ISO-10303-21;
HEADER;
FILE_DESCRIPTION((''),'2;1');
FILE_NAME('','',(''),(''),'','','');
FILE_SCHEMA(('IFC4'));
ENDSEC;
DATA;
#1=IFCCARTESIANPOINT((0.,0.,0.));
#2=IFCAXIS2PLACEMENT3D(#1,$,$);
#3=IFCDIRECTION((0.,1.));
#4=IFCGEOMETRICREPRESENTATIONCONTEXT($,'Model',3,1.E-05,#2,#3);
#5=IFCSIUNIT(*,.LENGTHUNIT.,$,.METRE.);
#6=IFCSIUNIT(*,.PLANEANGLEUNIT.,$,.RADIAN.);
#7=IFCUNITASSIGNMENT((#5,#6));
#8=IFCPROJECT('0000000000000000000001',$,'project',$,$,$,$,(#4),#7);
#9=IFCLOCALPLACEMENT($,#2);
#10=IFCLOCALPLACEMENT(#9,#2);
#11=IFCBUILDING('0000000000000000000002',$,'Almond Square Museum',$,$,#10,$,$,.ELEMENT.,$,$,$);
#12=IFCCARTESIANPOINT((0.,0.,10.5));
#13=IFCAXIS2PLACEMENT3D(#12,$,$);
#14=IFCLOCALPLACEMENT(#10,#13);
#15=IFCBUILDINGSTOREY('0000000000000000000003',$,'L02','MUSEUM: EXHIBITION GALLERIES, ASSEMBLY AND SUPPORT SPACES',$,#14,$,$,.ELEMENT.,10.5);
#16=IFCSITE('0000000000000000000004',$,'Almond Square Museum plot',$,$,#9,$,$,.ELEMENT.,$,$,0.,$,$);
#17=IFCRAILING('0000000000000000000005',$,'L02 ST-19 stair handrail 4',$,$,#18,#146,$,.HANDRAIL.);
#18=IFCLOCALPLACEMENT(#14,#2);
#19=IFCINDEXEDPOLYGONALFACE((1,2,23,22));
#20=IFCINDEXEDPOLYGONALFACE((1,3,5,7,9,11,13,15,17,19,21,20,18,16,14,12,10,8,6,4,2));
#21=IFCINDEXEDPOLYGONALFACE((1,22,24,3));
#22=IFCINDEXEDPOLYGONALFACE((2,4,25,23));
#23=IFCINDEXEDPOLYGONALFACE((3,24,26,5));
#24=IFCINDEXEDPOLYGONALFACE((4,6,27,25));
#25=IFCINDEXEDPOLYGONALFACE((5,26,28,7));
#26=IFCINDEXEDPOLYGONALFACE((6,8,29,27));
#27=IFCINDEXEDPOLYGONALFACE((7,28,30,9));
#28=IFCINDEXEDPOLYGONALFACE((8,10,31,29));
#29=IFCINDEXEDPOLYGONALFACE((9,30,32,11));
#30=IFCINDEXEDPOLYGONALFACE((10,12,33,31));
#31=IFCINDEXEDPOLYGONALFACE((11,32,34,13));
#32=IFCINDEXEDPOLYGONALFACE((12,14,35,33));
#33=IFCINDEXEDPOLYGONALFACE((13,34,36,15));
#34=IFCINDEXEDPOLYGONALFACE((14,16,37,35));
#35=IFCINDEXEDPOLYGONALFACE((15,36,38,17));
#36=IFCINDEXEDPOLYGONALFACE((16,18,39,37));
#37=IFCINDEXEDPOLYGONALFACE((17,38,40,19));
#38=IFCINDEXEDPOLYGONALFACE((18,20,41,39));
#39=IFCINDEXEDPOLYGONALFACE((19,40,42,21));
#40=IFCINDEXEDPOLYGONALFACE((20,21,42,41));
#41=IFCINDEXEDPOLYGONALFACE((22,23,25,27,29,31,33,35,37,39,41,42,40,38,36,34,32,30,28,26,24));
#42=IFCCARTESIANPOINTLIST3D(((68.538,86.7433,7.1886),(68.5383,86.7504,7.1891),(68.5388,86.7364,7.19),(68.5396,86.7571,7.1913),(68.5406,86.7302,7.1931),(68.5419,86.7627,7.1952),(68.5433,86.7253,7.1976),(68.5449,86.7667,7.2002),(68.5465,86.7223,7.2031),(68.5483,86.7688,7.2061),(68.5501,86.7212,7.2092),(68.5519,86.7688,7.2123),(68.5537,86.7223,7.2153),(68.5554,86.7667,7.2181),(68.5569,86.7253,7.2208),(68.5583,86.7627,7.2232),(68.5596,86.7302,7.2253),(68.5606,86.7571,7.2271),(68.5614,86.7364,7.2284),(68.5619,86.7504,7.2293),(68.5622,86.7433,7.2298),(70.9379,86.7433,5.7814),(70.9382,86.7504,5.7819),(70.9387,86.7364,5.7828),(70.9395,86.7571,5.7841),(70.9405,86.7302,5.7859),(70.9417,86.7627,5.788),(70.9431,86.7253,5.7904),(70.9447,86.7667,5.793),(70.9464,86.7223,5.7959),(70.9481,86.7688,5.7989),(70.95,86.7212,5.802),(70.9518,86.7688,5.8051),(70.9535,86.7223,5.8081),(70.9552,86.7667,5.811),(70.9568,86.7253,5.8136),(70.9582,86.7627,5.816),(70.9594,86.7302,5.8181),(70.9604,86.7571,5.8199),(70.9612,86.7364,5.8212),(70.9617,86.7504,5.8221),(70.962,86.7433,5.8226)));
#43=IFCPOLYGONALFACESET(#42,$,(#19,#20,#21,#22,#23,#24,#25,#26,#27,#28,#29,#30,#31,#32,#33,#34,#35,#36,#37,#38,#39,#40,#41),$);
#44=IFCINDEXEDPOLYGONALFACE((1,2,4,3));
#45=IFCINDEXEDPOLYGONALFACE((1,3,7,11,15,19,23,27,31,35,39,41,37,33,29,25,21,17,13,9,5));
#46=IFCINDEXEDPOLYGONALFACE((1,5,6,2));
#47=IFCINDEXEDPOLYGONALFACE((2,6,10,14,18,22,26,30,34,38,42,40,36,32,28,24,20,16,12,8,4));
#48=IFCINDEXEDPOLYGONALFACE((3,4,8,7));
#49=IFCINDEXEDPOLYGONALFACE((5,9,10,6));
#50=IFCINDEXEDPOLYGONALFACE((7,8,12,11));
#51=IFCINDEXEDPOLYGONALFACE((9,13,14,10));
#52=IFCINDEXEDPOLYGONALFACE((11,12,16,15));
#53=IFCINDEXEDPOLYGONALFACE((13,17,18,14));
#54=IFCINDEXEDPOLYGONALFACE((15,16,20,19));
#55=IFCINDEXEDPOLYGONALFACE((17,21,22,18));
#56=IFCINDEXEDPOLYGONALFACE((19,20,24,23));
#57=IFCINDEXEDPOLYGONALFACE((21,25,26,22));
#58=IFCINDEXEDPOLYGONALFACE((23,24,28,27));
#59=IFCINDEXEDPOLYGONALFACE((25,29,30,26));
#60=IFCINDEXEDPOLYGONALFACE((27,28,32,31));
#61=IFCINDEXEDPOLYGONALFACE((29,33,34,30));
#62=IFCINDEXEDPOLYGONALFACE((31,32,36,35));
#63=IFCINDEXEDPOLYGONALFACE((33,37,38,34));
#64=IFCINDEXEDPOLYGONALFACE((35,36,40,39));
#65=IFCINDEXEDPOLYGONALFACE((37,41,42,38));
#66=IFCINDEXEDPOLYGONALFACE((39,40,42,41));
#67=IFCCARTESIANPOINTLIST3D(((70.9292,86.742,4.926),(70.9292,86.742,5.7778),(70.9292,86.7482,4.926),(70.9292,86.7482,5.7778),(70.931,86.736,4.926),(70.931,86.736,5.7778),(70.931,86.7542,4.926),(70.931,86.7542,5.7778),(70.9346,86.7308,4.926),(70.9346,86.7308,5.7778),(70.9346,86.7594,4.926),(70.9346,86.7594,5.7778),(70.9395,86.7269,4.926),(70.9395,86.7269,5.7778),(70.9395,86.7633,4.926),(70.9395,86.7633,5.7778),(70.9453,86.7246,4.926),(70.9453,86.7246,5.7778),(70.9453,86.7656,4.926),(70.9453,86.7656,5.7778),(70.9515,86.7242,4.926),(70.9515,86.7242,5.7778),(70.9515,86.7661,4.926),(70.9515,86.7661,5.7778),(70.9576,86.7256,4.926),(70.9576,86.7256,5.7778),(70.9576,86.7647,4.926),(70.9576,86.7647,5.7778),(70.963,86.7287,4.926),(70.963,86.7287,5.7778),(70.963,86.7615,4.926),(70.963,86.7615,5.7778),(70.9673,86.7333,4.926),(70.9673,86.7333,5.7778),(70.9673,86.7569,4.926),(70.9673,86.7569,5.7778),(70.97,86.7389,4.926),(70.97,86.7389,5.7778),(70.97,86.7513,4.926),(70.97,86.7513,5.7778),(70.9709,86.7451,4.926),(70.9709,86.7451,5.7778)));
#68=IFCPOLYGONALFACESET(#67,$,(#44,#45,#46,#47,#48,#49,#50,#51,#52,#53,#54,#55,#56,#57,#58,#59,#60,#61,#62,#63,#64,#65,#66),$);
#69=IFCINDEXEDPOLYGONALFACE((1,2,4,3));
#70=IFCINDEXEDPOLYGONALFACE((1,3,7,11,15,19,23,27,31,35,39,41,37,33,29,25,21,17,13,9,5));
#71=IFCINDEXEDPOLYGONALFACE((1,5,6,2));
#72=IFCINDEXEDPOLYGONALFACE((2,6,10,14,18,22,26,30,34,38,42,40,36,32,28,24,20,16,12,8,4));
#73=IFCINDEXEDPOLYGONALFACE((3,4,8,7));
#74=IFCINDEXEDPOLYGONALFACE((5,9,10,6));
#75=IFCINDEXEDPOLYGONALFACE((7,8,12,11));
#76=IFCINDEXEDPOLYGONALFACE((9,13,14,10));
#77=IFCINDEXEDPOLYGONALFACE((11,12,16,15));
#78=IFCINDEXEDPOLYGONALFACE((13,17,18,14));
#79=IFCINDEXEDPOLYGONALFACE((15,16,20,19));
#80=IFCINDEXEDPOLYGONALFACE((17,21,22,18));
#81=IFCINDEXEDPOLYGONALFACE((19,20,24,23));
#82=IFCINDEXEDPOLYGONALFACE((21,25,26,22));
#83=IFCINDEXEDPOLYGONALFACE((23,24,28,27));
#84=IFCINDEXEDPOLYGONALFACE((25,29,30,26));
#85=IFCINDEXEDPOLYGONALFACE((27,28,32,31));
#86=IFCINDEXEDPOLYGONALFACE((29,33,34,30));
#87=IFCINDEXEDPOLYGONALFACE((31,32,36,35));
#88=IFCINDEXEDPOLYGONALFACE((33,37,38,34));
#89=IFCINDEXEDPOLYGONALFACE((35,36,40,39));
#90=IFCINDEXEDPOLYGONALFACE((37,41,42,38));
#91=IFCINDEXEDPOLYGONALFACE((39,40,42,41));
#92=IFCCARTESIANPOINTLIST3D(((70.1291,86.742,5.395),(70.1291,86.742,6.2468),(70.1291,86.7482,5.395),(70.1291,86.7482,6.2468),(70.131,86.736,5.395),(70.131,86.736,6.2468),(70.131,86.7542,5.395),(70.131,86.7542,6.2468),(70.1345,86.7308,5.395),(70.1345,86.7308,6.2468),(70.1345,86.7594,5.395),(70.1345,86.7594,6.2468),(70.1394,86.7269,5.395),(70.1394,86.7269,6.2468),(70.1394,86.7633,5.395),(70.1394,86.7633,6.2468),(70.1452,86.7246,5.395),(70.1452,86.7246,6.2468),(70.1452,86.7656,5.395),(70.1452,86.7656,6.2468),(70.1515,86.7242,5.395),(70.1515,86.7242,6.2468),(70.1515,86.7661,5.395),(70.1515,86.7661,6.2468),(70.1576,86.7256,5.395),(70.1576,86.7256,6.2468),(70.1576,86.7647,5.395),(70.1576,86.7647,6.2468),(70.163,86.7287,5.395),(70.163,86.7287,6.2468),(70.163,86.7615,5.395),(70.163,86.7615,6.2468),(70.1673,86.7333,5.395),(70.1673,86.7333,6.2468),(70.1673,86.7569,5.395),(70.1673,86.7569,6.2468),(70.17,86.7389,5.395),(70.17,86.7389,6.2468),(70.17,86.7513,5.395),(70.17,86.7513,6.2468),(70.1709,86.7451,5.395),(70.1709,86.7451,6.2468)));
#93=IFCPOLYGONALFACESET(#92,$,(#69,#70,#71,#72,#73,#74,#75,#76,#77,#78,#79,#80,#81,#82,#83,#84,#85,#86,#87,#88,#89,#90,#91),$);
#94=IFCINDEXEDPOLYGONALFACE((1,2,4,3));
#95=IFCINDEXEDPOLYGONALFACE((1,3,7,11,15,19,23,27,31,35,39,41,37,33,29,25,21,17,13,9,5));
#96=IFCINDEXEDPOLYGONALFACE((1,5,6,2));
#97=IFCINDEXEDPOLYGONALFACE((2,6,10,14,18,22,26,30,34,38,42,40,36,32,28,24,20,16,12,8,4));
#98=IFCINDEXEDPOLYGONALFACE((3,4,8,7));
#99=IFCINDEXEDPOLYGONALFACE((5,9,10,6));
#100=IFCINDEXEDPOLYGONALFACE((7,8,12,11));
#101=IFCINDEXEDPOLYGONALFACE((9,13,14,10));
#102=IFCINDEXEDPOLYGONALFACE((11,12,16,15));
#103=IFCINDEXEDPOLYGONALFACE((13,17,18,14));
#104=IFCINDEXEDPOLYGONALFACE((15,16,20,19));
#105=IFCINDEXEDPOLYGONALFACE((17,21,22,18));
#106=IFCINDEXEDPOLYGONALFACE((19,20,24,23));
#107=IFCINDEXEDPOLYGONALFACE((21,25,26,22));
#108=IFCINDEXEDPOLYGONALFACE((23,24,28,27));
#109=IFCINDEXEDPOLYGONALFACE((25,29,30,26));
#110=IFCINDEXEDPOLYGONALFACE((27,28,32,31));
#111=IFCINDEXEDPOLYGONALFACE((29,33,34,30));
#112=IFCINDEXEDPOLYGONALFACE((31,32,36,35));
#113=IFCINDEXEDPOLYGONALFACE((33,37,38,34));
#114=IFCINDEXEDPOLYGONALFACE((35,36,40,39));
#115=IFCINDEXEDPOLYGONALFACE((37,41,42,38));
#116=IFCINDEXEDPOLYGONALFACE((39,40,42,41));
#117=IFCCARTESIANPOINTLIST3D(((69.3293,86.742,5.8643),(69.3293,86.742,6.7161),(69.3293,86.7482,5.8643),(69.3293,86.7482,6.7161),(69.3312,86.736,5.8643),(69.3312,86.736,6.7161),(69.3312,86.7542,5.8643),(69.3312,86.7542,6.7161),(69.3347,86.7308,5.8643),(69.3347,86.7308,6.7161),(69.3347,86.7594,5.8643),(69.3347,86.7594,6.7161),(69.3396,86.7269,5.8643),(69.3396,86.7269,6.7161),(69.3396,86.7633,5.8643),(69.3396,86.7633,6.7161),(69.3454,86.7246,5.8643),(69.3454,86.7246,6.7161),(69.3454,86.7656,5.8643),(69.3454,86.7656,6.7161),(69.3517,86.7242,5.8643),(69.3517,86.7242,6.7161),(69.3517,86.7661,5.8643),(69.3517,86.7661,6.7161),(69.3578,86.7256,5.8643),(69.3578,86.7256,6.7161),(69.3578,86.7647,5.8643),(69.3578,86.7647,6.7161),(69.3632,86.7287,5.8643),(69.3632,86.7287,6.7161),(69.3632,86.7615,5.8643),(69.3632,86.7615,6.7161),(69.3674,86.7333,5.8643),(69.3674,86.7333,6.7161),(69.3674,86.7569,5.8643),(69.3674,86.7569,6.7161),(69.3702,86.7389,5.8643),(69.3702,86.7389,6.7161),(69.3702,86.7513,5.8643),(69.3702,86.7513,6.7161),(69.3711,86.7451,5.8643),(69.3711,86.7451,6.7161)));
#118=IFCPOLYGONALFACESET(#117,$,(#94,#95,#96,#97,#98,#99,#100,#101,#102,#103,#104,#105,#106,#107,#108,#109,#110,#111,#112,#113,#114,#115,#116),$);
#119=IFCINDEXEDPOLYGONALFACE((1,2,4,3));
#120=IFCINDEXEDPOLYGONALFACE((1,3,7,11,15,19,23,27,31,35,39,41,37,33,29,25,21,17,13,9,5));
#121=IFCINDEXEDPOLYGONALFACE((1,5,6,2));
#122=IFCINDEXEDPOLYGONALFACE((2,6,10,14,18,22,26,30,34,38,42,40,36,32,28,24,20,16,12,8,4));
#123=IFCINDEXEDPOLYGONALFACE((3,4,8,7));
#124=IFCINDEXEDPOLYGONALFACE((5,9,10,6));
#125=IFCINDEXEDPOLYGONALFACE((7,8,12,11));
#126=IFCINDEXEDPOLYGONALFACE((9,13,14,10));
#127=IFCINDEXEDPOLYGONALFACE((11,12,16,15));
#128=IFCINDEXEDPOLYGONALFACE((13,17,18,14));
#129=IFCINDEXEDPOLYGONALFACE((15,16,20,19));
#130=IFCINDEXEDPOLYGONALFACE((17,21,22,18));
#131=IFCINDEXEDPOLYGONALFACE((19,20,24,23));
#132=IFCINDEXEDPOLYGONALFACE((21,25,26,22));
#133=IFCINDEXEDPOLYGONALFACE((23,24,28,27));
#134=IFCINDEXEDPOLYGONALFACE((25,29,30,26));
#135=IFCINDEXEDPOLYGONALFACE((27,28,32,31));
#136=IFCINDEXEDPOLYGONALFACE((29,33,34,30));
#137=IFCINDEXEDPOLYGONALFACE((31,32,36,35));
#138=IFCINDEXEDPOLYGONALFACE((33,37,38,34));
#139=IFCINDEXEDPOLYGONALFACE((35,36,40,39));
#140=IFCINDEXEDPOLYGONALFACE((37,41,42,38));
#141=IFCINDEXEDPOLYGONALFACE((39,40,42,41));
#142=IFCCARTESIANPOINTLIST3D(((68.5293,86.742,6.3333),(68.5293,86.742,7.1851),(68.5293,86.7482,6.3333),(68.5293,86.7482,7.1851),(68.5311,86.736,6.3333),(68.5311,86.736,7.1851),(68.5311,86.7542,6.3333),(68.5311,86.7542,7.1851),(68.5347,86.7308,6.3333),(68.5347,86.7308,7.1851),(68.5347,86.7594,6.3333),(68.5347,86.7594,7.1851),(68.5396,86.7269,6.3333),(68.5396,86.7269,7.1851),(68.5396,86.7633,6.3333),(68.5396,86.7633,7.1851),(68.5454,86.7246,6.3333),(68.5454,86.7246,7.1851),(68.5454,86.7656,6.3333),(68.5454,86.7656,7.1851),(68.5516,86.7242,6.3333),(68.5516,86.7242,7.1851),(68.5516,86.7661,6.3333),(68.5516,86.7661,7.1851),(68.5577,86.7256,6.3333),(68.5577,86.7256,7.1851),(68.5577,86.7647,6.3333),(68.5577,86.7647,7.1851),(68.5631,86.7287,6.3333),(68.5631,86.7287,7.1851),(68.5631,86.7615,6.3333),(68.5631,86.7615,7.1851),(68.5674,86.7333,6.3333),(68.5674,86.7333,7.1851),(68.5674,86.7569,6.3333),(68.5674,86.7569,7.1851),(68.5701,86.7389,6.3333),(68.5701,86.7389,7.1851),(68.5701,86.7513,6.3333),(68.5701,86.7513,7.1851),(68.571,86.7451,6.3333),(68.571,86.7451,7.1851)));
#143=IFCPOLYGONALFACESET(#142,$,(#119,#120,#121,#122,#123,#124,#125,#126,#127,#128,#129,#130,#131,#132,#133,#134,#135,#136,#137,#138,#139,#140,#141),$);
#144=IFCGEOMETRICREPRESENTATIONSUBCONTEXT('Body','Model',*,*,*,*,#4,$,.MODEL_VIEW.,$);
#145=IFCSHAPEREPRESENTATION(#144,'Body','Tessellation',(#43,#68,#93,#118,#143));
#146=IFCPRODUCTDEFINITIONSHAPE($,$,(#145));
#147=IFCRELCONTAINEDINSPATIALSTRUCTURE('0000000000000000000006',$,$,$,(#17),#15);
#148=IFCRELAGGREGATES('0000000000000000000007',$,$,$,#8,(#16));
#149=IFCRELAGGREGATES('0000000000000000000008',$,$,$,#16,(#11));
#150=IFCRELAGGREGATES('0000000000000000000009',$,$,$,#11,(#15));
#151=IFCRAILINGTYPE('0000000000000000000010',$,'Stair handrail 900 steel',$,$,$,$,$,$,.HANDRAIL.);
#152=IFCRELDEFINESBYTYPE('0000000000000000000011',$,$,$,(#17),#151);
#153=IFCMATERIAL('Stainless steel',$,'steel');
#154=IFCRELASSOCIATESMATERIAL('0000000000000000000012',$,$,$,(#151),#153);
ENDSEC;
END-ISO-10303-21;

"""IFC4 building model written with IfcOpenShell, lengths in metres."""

from ifc_helpers import new_model, si_unit, direction, frame, origin, origin_2d, place, context, subcontext, project, spatial, circle, extrude, material, type_object, element, save


model = new_model("IFC4")

# Units and contexts
model_context = context("Model", 3, precision=1e-05, world=origin(), true_north=direction((0.0, 1.0)))
body_context = subcontext(model_context, "Body", "Model", "MODEL_VIEW")
ifc_project = project(units=[si_unit("LENGTHUNIT", "METRE"), si_unit("PLANEANGLEUNIT", "RADIAN")], contexts=[model_context])

# Site, building, storey
site_placement = place(None, origin())
site = spatial("IfcSite", under=ifc_project, at=site_placement, Name="Almond Square Museum plot", CompositionType="ELEMENT", RefElevation=0.0)
building_placement = place(site_placement, origin())
building = spatial("IfcBuilding", under=site, at=building_placement, Name="Almond Square Museum", CompositionType="ELEMENT")
storey_placement = place(building_placement, frame((0.0, 0.0, 10.5)))
storey = spatial("IfcBuildingStorey", under=building, at=storey_placement, Name="L02", Description="MUSEUM: EXHIBITION GALLERIES, ASSEMBLY AND SUPPORT SPACES", CompositionType="ELEMENT", Elevation=10.5)

# Railing
ifc_material_1 = material(Name="Stainless steel", Category="steel")
railing_type_1 = type_object("IfcRailingType", Name="Stair handrail 900 steel", PredefinedType="HANDRAIL", material=ifc_material_1)
railing_1_placement = place(storey_placement, frame((70.95, 86.7451, 4.926)))
element("IfcRailing", 1, at=railing_1_placement, inside=storey, type_object=railing_type_1, Name="L02 ST-19 stair handrail 4", PredefinedType="HANDRAIL", context=body_context, shape_type="SweptSolid", body=[
    extrude(circle(Radius=0.0239, at=origin_2d()), frame((0.0, 0.0, 0.876), z_axis=(-0.862637, 0.0, 0.505823), x_axis=(0.0, -1.0, 0.0)), (0.0, 0.0, 1.0), 2.782),
    extrude(circle(Radius=0.021, at=origin_2d()), origin(), (0.0, 0.0, 1.0), 0.8518),
    extrude(circle(Radius=0.021, at=origin_2d()), frame((-0.8, 0.0, 0.469)), (0.0, 0.0, 1.0), 0.8518),
    extrude(circle(Radius=0.021, at=origin_2d()), frame((-1.5999, 0.0, 0.9382)), (0.0, 0.0, 1.0), 0.8518),
    extrude(circle(Radius=0.021, at=origin_2d()), frame((-2.3999, 0.0, 1.4072)), (0.0, 0.0, 1.0), 0.8518),
])

save(model, "model.ifc")
